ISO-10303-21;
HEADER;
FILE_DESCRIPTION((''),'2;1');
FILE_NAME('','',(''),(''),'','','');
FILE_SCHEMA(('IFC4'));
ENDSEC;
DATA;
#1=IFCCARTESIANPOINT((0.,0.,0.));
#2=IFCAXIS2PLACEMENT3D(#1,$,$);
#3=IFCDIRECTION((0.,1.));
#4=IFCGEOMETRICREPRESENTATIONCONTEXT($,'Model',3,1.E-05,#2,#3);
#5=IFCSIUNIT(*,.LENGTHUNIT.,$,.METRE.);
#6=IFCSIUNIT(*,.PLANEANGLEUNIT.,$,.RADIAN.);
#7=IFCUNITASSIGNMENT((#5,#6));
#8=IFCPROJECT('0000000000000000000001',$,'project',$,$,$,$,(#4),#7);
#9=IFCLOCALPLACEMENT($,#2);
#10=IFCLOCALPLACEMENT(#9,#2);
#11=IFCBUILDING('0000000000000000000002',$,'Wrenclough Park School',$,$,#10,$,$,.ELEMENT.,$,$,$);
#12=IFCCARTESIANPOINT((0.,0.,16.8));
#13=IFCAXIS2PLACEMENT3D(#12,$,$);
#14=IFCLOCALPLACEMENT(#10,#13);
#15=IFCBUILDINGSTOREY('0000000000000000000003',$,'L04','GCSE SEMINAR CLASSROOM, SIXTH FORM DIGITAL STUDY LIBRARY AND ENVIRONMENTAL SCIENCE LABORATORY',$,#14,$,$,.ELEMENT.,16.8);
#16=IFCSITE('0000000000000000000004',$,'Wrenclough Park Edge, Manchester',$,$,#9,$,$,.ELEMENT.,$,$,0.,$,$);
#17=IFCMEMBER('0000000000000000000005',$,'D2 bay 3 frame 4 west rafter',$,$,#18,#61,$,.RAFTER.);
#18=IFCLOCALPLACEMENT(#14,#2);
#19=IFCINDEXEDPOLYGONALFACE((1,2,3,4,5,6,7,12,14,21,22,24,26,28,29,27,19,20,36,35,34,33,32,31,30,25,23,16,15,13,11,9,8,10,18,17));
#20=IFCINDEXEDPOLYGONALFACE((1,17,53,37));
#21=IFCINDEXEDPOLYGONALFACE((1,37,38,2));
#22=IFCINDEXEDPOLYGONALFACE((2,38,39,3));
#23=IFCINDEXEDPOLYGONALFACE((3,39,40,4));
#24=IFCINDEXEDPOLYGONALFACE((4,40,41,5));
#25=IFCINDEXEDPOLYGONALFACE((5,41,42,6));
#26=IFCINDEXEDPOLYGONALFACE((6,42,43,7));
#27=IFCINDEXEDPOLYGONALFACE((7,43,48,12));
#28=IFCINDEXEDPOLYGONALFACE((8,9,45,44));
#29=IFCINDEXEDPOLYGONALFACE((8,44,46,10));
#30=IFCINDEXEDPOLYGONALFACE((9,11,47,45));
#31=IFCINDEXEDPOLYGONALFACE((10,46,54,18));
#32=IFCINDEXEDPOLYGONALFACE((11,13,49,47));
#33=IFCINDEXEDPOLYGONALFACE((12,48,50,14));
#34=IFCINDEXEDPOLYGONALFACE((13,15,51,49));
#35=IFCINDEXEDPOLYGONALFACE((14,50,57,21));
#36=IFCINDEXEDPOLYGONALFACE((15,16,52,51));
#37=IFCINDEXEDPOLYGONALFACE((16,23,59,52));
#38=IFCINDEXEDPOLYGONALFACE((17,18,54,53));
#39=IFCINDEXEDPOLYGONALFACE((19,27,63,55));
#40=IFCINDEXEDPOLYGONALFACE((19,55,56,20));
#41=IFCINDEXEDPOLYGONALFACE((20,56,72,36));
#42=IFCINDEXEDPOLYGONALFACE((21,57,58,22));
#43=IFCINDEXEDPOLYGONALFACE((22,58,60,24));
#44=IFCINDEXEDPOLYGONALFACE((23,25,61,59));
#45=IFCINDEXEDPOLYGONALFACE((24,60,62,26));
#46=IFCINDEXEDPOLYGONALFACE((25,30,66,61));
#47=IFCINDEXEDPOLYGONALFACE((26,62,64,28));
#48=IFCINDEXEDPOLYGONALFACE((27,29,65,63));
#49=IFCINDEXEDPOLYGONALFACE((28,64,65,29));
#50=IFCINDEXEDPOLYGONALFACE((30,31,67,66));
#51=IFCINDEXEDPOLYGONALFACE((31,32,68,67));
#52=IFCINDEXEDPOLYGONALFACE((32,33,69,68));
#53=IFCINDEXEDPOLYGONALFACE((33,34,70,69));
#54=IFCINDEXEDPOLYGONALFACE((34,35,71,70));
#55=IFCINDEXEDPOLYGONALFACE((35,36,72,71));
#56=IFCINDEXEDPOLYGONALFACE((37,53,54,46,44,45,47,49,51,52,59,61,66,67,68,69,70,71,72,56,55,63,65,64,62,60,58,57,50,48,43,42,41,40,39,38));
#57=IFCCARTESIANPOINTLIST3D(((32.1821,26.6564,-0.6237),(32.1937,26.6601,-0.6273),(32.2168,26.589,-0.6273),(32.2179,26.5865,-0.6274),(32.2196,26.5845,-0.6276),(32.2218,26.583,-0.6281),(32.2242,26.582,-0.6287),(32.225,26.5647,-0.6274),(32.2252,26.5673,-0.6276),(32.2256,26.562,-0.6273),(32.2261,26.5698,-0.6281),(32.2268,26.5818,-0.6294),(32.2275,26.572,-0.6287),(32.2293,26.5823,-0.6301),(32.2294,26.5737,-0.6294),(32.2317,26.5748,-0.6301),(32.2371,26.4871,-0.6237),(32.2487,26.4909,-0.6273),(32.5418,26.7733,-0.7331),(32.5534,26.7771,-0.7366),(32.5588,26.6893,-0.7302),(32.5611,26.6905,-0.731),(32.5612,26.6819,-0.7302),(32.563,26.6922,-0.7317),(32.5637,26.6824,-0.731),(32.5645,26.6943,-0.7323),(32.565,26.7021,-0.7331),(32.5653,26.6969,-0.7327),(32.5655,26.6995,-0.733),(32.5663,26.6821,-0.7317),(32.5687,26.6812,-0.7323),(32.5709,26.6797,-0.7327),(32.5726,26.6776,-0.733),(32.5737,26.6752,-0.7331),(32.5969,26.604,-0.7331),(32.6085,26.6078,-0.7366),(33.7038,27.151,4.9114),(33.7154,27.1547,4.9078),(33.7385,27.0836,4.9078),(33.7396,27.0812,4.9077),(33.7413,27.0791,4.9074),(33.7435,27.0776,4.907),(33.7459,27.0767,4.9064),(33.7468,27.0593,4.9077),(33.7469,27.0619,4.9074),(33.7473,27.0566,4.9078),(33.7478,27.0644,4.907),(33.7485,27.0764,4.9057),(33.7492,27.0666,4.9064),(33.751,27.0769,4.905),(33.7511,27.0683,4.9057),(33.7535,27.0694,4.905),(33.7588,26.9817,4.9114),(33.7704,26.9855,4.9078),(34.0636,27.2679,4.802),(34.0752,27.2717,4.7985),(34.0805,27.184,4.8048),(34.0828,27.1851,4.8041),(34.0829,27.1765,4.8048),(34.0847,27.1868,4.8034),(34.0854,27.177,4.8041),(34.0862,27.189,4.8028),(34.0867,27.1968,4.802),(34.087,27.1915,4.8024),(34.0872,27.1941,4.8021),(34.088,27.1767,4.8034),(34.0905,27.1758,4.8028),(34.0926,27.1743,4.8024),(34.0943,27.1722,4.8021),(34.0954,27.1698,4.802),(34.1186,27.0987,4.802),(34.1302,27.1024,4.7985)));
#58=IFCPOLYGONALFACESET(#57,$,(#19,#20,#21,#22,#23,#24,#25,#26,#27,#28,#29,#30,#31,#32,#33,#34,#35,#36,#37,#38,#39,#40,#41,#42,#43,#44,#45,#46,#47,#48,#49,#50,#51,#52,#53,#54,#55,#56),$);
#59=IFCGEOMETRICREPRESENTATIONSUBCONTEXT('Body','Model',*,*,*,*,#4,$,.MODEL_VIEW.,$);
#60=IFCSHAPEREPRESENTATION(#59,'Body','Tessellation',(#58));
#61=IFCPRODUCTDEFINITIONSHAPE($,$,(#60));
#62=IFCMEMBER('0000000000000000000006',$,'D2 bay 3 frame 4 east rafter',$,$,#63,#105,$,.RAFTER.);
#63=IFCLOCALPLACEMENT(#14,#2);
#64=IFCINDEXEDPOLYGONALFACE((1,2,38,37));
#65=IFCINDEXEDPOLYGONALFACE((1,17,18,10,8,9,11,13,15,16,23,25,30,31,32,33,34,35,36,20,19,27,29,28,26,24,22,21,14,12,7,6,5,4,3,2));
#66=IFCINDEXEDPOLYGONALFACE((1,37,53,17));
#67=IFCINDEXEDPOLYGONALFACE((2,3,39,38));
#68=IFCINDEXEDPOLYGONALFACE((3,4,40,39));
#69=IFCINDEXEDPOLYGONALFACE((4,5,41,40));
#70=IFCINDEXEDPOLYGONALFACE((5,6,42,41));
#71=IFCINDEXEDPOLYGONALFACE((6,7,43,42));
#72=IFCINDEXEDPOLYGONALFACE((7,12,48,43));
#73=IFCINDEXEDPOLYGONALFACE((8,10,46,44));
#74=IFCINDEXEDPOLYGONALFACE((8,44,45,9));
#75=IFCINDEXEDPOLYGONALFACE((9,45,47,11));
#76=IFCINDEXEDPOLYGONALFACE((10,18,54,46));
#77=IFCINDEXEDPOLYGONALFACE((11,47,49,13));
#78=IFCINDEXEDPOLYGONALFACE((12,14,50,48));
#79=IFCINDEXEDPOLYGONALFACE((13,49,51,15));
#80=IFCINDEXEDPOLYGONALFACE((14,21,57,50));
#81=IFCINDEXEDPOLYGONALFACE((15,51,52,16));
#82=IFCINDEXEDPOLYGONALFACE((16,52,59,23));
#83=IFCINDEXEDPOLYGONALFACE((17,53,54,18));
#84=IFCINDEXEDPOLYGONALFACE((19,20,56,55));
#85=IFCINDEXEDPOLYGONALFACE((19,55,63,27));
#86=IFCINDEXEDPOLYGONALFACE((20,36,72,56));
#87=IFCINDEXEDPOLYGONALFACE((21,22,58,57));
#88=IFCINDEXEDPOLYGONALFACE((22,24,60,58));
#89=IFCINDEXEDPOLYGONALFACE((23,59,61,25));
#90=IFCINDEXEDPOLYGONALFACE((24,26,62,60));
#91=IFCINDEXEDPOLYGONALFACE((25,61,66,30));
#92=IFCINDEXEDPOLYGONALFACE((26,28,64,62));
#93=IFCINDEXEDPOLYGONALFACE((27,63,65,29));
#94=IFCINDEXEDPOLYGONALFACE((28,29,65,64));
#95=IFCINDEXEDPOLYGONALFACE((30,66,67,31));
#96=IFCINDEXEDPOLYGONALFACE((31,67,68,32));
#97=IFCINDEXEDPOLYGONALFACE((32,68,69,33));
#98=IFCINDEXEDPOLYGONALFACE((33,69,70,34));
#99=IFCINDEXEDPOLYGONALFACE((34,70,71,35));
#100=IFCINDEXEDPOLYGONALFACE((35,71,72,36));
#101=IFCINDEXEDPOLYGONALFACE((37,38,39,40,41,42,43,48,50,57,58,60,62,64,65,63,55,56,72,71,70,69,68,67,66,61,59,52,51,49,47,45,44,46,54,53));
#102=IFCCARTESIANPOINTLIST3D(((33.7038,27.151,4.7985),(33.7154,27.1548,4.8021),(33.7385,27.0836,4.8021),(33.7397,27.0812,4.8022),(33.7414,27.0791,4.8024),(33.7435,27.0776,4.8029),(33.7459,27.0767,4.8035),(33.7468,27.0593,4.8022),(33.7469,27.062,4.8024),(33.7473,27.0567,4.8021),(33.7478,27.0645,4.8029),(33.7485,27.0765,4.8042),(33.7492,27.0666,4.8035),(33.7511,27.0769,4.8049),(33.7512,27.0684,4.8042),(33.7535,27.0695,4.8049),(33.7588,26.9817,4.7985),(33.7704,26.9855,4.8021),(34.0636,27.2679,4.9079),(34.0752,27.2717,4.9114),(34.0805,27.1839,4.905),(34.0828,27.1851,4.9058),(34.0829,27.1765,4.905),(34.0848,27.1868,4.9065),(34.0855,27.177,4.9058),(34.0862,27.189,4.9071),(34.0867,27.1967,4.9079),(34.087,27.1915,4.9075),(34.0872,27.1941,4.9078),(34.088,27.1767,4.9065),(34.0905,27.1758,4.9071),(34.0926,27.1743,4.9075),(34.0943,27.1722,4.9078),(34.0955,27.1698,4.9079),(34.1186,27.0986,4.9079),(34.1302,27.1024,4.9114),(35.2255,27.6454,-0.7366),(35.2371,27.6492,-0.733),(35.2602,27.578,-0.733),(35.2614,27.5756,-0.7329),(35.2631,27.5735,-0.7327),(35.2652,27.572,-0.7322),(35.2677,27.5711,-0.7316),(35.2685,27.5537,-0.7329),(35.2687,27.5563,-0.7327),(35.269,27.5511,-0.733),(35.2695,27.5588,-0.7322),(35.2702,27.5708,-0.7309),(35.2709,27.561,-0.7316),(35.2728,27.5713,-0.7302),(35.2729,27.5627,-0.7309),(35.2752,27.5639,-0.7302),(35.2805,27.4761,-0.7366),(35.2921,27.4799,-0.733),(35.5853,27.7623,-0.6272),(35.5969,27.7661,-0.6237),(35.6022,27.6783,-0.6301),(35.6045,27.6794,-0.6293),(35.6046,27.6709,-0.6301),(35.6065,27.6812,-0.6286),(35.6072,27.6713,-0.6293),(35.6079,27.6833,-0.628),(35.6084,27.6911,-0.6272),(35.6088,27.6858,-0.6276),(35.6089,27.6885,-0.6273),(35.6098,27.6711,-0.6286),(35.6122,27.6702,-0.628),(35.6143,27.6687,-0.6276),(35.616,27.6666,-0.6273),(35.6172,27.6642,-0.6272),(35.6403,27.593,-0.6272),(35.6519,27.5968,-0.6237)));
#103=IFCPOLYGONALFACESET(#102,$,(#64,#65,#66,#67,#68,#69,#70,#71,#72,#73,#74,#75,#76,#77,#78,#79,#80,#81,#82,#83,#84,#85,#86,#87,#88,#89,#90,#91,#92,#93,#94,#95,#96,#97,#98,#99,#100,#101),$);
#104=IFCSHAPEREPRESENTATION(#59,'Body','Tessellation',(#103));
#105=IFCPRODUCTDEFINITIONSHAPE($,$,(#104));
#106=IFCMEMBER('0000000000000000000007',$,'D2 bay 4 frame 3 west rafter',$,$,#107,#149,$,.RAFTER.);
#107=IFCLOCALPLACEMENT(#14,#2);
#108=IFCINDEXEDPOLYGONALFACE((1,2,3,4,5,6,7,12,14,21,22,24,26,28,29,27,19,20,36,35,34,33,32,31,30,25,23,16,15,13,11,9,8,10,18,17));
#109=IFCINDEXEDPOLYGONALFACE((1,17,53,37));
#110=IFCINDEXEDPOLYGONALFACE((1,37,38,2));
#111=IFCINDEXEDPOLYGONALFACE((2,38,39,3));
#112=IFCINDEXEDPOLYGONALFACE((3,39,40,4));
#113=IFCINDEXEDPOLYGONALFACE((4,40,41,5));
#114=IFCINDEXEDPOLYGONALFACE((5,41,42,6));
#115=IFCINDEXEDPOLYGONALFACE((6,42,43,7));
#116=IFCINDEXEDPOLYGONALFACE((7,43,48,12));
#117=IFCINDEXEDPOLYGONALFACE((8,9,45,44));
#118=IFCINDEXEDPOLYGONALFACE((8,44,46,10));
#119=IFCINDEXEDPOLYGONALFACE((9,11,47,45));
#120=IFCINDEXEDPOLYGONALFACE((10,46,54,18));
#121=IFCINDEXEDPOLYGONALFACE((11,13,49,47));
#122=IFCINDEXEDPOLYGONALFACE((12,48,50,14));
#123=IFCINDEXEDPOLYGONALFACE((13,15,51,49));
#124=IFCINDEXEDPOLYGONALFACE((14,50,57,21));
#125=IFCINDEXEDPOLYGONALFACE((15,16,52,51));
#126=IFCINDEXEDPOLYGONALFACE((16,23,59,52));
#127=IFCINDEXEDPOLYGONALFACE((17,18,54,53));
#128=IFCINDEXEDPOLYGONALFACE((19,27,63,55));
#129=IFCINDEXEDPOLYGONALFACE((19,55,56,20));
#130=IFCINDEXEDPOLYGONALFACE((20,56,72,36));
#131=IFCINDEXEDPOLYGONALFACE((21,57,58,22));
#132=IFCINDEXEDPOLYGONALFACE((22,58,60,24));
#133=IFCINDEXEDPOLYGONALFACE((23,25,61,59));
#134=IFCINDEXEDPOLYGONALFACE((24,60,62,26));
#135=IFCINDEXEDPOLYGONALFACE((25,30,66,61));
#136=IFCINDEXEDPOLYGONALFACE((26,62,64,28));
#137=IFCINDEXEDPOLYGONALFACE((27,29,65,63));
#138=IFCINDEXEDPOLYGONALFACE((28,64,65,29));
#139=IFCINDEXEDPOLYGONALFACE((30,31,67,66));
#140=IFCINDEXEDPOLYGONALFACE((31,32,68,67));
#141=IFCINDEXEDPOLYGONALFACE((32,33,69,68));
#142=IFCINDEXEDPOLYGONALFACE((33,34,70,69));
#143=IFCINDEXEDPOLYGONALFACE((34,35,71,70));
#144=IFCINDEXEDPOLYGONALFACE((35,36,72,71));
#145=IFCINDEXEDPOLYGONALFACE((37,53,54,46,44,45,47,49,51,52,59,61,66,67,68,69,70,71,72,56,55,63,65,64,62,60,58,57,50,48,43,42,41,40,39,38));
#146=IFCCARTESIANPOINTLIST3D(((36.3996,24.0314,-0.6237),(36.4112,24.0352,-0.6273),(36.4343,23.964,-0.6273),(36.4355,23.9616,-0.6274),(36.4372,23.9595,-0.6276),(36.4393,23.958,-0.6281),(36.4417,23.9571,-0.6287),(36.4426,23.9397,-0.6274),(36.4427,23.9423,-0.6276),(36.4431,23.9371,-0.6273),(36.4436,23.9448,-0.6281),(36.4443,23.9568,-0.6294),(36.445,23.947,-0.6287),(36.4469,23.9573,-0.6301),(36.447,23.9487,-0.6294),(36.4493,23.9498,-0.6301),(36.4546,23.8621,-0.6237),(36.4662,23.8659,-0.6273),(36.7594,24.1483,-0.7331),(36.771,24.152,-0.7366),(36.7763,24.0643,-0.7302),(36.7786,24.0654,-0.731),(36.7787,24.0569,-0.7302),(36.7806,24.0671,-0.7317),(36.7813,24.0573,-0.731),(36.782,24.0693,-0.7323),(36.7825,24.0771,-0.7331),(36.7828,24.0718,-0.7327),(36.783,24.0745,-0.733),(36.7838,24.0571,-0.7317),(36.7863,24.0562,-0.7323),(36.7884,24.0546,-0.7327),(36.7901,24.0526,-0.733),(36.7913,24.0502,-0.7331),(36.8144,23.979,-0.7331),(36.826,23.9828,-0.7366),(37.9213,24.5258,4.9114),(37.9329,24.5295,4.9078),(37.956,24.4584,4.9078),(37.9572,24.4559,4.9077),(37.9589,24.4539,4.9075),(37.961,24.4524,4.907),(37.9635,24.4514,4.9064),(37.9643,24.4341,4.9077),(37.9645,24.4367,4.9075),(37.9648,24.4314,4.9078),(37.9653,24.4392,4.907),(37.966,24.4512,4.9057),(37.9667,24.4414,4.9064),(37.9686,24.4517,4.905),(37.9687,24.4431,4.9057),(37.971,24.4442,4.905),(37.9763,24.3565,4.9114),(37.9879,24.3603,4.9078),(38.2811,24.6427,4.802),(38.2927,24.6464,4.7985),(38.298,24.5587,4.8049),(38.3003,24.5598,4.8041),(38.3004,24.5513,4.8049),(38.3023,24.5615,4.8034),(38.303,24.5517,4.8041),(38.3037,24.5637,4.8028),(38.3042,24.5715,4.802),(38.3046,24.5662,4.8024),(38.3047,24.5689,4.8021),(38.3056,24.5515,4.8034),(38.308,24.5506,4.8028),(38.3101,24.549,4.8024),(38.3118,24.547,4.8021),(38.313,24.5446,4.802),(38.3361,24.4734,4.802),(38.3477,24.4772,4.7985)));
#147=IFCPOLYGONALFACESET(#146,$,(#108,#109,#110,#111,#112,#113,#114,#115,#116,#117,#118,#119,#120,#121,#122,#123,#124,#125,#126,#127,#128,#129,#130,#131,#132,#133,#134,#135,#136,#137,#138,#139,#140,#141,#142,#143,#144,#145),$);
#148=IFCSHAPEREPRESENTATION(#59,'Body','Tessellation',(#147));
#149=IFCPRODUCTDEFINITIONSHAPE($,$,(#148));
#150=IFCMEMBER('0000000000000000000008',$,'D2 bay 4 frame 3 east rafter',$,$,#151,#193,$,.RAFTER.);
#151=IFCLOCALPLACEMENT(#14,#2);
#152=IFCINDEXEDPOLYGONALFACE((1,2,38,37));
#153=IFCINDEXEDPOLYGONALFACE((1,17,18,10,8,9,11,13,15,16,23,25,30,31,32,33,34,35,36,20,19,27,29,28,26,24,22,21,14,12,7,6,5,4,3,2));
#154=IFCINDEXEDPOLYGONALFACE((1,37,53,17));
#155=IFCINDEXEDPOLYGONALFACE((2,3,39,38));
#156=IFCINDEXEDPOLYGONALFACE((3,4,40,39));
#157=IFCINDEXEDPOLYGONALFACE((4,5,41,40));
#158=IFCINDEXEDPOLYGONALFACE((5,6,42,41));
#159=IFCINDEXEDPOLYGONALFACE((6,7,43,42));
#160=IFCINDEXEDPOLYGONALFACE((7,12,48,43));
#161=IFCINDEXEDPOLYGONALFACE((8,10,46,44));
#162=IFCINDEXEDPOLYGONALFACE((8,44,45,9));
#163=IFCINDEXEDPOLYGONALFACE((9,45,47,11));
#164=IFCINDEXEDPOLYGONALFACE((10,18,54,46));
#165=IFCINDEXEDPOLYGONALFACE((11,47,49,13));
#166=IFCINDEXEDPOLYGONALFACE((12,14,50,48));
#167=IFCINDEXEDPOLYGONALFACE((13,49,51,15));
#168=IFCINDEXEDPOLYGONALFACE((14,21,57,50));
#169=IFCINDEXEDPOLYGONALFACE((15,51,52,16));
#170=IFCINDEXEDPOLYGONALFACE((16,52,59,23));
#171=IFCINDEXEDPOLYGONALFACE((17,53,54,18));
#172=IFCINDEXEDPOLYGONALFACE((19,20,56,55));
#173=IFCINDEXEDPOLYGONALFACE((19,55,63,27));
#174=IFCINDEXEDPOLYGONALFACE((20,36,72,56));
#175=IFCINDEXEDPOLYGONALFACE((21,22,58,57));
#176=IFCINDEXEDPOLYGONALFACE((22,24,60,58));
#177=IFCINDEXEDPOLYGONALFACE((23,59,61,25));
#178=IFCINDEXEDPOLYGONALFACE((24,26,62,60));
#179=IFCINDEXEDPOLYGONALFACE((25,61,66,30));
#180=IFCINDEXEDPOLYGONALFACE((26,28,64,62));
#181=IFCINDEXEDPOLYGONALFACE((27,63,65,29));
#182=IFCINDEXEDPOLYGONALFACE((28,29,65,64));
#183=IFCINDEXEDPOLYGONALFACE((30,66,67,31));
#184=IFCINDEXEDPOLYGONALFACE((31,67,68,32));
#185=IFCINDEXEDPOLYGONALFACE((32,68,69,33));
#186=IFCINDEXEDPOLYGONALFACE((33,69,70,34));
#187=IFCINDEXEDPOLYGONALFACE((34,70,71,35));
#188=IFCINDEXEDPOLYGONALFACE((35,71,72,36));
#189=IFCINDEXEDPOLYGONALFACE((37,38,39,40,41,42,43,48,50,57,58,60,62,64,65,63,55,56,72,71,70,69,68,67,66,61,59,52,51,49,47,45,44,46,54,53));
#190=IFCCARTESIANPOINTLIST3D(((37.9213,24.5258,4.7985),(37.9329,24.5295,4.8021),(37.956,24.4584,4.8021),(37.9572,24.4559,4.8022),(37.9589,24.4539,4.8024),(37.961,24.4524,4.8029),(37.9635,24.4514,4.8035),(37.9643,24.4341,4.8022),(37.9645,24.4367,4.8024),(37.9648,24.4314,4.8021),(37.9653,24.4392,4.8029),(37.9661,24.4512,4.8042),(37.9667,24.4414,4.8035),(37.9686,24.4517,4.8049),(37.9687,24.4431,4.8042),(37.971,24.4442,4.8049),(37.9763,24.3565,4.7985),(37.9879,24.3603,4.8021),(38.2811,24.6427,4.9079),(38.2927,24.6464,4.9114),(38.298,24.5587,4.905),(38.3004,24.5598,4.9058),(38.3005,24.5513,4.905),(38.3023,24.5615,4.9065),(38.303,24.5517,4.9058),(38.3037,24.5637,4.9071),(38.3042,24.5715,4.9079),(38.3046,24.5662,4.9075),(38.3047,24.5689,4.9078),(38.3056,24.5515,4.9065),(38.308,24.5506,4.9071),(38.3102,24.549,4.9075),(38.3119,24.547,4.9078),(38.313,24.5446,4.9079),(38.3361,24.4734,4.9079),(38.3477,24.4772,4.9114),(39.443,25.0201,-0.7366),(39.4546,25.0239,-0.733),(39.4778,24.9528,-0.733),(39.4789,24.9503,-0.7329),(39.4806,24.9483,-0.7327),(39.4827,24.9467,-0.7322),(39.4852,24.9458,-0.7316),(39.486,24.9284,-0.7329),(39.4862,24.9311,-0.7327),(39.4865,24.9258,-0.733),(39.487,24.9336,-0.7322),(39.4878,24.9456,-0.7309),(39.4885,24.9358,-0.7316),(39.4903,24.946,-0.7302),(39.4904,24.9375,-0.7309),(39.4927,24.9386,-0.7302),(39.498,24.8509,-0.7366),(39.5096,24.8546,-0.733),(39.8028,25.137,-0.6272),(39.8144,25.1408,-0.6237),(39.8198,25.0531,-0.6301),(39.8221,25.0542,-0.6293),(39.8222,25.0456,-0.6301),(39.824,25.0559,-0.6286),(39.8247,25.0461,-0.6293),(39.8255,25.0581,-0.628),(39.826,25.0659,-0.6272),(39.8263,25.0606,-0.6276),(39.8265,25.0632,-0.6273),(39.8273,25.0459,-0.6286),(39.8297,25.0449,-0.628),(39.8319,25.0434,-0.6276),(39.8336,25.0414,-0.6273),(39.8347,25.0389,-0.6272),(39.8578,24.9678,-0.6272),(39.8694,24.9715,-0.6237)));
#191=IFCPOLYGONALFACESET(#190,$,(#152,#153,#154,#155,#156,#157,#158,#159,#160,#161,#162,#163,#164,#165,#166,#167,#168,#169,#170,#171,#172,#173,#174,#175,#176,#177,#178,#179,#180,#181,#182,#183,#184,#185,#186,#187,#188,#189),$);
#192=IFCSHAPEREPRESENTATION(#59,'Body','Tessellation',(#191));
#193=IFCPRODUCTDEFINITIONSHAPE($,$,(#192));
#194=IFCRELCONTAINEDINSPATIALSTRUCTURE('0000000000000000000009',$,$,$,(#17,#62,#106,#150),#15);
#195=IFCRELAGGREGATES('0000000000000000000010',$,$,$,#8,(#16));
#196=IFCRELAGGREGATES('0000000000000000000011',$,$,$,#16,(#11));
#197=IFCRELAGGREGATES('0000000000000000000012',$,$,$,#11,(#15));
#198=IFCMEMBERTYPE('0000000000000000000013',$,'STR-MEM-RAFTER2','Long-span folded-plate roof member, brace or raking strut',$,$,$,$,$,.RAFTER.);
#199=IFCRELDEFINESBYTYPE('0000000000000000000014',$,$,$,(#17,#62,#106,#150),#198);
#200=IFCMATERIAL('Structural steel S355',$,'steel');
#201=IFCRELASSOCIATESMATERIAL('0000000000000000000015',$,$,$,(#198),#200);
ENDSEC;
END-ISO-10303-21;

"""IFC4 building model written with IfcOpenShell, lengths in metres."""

from ifc_helpers import new_model, si_unit, direction, frame, origin, origin_2d, place, context, subcontext, project, spatial, i_section, extrude, material, material_profile, profile_set, type_object, element, save


model = new_model("IFC4")

# Units and contexts
model_context = context("Model", 3, precision=1e-05, world=origin(), true_north=direction((0.0, 1.0)))
body_context = subcontext(model_context, "Body", "Model", "MODEL_VIEW")
ifc_project = project(units=[si_unit("LENGTHUNIT", "METRE"), si_unit("PLANEANGLEUNIT", "RADIAN")], contexts=[model_context])

# Site, building, storey
site_placement = place(None, origin())
site = spatial("IfcSite", under=ifc_project, at=site_placement, Name="Wrenclough Park Edge, Manchester", CompositionType="ELEMENT", RefElevation=0.0)
building_placement = place(site_placement, origin())
building = spatial("IfcBuilding", under=site, at=building_placement, Name="Wrenclough Park School", CompositionType="ELEMENT")
storey_placement = place(building_placement, frame((0.0, 0.0, 16.8)))
storey = spatial("IfcBuildingStorey", under=building, at=storey_placement, Name="L04", Description="GCSE SEMINAR CLASSROOM, SIXTH FORM DIGITAL STUDY LIBRARY AND ENVIRONMENTAL SCIENCE LABORATORY", CompositionType="ELEMENT", Elevation=16.8)

# Members
ifc_material = material(Name="Structural steel S355", Category="steel")
ifc_material_profile_1 = material_profile(ifc_material, i_section(OverallWidth=0.178, OverallDepth=0.4065, WebThickness=0.0078, FlangeThickness=0.0127, FilletRadius=0.0103, at=origin_2d()), Name="UKB 406x178x60")
ifc_profile_set_1 = profile_set([ifc_material_profile_1], Name="Structural steel S355")
member_type_1 = type_object("IfcMemberType", Name="STR-MEM-RAFTER2", Description="Long-span folded-plate roof member, brace or raking strut", PredefinedType="RAFTER", material=ifc_profile_set_1)
for number, where, z_axis, x_axis, name in (
    (1, (32.3953, 26.6321, -0.6802), (0.264107, 0.085846, 0.960665), (-0.309124, 0.951022, 0.0), "D2 bay 3 frame 4 west rafter"),
    (2, (33.917, 27.1267, 4.855), (0.264108, 0.085804, -0.960669), (-0.308986, 0.951067, 0.0), "D2 bay 3 frame 4 east rafter"),
    (3, (36.6128, 24.0071, -0.6802), (0.264108, 0.085804, 0.960669), (-0.308986, 0.951067, 0.0), "D2 bay 4 frame 3 west rafter"),
    (4, (38.1345, 24.5015, 4.855), (0.264108, 0.085804, -0.960669), (-0.308986, 0.951067, 0.0), "D2 bay 4 frame 3 east rafter"),
):
    element("IfcMember", number, at=place(storey_placement, frame(where, z_axis=z_axis, x_axis=x_axis)), inside=storey, type_object=member_type_1, Name=name, PredefinedType="RAFTER", context=body_context, shape_type="SweptSolid", body=[
        extrude(i_section(OverallWidth=0.178, OverallDepth=0.4065, WebThickness=0.0078, FlangeThickness=0.0127, FilletRadius=0.0103, at=origin_2d()), origin(), (0.0, 0.0, 1.0), 5.7617),
    ])

save(model, "model.ifc")
